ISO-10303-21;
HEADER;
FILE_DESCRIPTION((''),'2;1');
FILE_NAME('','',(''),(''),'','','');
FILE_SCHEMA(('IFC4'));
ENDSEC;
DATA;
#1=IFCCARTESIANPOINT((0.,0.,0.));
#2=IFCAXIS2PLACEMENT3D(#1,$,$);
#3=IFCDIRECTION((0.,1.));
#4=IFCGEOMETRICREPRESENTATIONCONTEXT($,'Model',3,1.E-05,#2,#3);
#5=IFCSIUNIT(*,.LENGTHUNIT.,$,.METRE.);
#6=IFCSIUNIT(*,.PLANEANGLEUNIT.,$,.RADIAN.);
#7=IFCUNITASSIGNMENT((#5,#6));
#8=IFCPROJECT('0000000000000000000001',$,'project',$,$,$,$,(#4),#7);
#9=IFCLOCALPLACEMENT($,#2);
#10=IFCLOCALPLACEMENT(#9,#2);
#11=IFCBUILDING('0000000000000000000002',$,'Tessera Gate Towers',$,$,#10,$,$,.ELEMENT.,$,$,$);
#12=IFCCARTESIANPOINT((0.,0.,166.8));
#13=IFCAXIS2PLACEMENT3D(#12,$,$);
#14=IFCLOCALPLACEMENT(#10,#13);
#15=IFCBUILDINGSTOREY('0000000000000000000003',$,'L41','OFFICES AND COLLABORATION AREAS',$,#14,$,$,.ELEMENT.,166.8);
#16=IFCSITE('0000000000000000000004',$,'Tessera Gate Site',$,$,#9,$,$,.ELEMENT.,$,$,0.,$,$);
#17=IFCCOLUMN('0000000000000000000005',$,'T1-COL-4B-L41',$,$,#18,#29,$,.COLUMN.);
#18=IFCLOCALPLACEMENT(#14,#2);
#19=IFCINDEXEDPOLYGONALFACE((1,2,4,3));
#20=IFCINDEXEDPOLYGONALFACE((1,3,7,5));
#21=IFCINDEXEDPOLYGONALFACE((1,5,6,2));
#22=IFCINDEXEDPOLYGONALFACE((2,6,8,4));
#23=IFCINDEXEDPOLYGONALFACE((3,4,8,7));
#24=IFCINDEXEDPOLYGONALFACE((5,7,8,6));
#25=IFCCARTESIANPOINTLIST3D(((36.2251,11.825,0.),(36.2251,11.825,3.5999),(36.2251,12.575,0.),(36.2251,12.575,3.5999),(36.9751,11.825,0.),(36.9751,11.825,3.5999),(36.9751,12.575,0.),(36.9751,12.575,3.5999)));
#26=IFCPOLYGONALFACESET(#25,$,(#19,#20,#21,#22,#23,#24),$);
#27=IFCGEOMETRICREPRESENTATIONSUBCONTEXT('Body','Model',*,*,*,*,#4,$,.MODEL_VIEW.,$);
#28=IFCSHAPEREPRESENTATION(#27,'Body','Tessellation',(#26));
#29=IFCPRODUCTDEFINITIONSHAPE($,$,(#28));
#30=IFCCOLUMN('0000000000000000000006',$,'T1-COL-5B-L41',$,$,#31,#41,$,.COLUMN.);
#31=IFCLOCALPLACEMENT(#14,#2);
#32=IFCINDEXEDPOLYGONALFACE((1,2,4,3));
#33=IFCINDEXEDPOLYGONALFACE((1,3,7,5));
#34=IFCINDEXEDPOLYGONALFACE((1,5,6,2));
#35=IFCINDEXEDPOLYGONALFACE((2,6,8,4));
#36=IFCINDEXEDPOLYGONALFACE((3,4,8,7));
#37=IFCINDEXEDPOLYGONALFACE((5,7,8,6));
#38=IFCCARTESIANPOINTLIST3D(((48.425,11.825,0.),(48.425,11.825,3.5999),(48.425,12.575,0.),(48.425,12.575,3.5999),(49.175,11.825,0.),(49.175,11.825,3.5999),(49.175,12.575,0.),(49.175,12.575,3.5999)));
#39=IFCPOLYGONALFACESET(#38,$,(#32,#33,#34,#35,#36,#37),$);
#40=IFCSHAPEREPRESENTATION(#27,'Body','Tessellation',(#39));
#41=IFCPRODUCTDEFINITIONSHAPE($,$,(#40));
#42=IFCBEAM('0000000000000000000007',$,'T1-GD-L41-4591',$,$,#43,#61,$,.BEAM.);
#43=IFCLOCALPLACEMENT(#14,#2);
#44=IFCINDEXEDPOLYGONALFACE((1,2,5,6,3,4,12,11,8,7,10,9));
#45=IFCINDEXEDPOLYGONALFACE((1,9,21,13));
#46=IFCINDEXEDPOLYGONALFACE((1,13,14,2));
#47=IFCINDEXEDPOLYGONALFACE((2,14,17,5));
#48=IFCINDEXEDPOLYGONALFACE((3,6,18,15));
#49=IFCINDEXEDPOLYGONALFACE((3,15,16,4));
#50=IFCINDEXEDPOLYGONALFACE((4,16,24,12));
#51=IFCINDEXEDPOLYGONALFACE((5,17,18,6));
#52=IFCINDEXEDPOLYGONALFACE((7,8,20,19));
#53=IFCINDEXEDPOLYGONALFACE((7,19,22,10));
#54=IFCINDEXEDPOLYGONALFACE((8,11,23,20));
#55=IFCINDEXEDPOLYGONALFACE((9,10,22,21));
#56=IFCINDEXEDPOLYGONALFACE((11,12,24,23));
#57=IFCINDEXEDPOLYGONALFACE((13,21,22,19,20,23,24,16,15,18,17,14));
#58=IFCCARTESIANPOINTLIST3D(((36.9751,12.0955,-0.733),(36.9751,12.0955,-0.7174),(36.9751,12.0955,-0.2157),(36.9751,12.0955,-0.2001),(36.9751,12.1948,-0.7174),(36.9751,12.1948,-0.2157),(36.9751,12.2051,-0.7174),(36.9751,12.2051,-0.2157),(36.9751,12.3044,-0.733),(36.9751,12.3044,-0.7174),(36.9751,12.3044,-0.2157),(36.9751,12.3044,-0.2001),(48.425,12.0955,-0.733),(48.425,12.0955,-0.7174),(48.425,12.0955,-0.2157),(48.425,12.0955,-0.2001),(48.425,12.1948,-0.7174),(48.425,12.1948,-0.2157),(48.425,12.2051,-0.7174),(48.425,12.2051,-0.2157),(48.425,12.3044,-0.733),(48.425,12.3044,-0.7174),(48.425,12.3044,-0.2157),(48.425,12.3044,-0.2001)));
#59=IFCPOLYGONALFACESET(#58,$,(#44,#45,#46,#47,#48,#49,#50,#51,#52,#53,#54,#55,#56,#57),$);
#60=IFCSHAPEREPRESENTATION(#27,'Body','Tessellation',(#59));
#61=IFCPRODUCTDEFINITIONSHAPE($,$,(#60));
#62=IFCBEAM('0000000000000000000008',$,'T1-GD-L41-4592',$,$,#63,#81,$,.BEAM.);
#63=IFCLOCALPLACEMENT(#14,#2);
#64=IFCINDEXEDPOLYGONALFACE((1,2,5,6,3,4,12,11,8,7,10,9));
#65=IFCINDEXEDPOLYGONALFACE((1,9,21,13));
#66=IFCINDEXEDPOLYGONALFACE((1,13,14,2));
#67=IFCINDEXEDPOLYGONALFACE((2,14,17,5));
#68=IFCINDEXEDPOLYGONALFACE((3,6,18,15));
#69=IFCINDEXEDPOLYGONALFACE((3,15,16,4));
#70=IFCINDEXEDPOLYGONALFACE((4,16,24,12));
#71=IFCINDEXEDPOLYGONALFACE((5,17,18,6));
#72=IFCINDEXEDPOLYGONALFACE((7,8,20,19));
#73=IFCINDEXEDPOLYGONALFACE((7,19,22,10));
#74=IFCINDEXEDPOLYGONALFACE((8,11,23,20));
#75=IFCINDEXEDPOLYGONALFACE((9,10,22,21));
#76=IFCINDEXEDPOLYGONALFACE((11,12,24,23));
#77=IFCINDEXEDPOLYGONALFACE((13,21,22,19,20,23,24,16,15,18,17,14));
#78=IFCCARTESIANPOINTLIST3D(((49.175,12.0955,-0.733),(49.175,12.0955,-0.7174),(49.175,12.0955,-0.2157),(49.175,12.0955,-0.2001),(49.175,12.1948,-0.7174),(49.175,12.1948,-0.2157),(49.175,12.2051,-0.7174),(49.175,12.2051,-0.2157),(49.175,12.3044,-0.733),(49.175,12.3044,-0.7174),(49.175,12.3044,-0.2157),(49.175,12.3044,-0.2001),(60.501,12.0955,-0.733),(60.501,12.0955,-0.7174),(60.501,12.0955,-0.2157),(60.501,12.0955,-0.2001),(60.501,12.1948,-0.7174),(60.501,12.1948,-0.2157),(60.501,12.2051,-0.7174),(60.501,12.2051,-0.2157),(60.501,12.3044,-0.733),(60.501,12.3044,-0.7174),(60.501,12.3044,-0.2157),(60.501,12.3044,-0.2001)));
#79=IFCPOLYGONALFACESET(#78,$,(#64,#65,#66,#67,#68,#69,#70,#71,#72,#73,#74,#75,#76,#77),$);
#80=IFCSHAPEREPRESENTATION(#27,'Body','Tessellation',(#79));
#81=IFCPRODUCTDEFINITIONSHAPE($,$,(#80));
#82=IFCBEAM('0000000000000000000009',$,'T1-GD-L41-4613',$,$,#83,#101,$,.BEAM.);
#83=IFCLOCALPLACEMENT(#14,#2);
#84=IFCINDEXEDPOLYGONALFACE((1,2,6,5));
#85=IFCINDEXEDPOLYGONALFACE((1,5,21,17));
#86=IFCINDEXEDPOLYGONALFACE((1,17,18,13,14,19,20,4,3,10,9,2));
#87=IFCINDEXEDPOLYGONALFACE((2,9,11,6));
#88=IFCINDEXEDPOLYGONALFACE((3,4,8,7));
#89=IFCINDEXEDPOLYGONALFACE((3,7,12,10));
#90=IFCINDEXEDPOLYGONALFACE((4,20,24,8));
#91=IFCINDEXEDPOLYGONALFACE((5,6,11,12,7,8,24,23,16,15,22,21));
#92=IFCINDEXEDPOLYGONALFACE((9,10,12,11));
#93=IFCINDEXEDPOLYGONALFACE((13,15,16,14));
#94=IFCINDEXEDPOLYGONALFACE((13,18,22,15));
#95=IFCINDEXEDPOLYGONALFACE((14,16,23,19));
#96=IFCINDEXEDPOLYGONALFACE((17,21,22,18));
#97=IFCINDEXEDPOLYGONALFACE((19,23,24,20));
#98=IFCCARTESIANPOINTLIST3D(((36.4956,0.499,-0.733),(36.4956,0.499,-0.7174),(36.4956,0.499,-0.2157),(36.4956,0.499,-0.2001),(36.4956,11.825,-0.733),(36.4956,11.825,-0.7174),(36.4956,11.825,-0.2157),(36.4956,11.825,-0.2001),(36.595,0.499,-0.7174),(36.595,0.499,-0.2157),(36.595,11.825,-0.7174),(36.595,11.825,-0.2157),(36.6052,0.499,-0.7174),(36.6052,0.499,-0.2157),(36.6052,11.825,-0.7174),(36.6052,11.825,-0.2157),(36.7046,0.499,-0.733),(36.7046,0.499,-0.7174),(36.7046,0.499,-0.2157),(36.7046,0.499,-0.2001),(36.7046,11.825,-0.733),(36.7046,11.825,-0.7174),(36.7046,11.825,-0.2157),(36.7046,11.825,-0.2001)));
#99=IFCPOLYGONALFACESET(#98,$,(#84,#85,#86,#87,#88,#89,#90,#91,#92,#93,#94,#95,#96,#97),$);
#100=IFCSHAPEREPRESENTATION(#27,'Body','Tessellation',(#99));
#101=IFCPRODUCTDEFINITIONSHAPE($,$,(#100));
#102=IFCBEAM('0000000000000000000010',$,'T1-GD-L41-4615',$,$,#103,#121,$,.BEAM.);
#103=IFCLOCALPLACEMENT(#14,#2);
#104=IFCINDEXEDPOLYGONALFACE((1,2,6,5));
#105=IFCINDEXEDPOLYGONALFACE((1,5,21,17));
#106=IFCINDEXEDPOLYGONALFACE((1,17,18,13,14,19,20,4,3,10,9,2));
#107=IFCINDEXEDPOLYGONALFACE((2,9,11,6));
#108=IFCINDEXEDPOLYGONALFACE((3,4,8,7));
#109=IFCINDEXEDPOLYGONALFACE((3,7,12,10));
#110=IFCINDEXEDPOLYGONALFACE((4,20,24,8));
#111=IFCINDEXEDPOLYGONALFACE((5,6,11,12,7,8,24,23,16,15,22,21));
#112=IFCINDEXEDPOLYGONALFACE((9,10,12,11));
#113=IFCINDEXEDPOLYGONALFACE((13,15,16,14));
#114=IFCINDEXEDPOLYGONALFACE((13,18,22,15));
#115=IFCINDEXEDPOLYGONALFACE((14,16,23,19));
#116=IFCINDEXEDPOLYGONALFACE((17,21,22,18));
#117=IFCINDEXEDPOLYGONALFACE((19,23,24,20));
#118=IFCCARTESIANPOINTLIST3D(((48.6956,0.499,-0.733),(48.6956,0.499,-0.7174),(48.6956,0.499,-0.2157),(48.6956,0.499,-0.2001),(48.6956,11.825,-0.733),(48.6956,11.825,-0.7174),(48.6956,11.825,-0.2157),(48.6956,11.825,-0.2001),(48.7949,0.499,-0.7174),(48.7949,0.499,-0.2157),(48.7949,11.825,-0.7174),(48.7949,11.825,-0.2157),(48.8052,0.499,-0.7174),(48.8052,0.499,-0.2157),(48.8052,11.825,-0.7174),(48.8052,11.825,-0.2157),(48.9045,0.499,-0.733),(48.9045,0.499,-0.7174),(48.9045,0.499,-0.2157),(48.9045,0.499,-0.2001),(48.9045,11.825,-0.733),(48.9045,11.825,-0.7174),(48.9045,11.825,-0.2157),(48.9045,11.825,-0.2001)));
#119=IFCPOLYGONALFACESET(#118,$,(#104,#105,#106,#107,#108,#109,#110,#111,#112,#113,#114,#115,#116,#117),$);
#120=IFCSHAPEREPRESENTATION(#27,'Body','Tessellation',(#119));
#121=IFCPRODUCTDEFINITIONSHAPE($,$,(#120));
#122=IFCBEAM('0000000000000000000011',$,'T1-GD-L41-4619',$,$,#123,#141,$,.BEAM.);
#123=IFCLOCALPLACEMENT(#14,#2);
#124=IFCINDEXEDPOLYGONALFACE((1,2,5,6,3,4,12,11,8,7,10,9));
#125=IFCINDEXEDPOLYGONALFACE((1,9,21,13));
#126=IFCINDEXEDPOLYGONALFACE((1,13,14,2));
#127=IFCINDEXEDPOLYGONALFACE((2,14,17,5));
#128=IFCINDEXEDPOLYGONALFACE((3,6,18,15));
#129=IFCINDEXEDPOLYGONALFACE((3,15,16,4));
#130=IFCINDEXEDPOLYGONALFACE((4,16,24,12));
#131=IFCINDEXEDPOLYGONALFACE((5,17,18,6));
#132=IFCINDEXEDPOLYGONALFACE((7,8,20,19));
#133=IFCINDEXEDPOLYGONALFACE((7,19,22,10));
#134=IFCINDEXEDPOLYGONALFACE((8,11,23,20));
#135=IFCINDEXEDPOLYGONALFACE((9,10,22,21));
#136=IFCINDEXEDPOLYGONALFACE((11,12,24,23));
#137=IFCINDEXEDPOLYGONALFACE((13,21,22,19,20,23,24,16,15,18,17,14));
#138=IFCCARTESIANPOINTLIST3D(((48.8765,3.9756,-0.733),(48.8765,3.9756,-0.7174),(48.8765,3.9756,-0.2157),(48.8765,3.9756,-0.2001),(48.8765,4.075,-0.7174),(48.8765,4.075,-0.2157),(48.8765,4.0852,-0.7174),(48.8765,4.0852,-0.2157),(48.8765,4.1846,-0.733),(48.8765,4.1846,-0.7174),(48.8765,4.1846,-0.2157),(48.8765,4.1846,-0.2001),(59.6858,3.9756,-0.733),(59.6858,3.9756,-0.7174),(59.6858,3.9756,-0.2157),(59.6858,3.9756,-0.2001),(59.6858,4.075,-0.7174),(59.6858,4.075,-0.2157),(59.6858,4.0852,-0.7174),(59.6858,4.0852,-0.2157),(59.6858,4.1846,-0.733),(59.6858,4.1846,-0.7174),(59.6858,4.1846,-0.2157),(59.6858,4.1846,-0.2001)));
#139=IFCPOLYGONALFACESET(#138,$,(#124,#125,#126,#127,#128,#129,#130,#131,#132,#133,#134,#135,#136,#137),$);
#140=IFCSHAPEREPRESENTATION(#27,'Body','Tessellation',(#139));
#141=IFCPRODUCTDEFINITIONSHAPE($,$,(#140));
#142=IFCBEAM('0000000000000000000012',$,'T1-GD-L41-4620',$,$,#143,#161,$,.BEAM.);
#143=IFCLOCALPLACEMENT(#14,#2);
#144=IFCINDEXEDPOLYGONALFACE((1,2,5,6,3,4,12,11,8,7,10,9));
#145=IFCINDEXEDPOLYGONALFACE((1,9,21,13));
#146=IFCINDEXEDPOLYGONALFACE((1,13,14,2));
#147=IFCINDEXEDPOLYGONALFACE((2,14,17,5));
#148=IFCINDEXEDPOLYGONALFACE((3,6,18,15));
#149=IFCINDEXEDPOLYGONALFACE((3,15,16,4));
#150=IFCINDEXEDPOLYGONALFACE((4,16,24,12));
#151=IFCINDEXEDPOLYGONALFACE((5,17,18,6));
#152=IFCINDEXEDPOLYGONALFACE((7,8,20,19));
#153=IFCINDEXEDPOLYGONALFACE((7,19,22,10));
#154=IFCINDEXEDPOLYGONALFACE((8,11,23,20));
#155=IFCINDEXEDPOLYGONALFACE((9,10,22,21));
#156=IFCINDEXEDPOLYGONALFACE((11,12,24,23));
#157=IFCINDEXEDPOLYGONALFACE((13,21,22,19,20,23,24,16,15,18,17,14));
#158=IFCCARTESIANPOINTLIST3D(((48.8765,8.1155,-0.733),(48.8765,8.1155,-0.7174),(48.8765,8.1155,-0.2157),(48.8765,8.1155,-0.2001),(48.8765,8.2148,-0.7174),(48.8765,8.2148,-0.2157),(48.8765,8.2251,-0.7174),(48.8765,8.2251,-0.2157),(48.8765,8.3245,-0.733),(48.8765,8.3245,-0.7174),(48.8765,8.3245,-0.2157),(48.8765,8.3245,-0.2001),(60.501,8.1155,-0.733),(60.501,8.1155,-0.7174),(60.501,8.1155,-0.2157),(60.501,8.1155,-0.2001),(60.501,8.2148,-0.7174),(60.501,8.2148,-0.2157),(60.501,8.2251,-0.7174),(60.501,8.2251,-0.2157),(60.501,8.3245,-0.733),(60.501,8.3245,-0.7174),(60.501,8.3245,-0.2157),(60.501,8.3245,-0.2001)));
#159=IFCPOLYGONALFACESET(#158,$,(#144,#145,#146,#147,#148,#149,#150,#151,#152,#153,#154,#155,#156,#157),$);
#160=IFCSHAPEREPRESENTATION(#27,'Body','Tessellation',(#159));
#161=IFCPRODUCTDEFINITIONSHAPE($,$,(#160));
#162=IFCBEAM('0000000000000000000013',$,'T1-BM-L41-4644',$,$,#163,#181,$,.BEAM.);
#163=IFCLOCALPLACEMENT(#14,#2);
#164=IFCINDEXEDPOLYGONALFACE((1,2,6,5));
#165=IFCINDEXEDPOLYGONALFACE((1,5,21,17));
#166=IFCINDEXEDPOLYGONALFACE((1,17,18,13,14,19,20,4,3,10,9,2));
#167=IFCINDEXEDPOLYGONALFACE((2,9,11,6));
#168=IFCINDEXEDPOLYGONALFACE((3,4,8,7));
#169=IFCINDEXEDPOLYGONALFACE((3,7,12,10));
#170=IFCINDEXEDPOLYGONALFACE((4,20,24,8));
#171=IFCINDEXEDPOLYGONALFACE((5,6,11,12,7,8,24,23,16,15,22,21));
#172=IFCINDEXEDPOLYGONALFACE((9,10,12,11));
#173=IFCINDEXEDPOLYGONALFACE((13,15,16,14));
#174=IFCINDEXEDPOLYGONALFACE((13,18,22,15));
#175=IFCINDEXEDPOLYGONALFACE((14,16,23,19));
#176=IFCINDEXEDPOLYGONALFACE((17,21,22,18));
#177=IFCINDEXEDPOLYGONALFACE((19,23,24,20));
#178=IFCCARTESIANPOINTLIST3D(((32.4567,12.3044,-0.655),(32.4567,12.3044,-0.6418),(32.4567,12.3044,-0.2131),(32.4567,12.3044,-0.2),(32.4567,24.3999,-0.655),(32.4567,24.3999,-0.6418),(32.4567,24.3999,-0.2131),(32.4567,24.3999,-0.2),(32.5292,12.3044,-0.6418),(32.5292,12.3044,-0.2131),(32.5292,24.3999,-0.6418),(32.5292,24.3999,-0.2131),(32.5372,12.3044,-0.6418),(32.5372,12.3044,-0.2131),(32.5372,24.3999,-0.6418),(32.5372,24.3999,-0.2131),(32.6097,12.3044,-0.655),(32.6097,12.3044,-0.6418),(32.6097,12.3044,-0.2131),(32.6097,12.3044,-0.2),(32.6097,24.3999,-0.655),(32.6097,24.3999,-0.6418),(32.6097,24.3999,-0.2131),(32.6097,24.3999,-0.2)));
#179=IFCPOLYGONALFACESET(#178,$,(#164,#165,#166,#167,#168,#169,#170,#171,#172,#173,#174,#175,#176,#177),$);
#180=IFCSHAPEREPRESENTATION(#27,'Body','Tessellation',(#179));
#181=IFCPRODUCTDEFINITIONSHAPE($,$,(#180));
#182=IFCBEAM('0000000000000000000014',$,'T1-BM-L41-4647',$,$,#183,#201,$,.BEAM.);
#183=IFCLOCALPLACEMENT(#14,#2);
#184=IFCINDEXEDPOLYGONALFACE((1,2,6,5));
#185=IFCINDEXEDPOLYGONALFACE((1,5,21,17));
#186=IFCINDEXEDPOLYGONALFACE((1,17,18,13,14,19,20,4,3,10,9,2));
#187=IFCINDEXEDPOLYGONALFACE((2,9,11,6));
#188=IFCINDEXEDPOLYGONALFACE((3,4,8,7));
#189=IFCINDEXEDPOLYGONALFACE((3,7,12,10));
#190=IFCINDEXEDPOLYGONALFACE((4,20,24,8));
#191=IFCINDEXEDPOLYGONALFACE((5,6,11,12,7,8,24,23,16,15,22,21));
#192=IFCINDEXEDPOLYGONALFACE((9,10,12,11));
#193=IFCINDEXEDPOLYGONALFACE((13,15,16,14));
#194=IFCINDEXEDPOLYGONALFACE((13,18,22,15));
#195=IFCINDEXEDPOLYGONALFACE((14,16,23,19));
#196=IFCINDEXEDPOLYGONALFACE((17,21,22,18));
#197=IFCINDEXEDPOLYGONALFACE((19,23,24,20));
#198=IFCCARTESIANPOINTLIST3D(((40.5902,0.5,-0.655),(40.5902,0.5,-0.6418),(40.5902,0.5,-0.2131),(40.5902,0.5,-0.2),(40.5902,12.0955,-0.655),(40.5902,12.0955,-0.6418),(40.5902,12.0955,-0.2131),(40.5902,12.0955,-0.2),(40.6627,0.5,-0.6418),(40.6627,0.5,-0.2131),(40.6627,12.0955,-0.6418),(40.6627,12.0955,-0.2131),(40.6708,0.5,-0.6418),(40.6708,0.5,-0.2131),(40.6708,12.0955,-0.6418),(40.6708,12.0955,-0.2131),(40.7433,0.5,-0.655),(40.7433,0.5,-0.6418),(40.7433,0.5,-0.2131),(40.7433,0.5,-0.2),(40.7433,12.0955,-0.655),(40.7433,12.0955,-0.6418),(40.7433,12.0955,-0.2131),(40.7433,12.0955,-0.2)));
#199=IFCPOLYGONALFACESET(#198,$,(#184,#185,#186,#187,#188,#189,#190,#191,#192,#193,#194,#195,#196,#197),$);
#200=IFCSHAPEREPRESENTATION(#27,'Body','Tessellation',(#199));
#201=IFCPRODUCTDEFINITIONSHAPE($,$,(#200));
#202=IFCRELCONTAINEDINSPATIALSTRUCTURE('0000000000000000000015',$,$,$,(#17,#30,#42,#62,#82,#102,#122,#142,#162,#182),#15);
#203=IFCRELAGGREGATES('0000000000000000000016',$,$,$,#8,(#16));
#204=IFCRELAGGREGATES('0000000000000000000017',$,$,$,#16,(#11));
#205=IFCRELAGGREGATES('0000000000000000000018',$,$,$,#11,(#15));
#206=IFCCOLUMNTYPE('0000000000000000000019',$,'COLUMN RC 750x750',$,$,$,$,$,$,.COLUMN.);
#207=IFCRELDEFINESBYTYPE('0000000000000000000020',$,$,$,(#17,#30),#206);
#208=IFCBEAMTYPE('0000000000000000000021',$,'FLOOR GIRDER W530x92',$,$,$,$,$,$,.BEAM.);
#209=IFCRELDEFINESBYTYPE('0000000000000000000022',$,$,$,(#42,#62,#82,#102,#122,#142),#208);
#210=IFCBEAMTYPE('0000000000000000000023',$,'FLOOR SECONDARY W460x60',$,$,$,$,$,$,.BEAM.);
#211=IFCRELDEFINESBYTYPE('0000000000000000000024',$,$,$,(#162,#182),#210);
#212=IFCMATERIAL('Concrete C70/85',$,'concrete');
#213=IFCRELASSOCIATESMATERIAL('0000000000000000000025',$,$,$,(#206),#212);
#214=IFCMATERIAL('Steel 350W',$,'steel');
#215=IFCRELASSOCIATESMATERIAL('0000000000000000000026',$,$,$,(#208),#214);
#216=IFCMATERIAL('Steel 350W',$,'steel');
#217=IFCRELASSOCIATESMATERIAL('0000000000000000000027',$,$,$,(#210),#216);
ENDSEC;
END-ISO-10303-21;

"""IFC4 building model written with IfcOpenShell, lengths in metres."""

from ifc_helpers import new_model, si_unit, direction, frame, origin, origin_2d, place, context, subcontext, project, spatial, rectangle, i_section, extrude, material, material_profile, profile_set, type_object, element, save


model = new_model("IFC4")

# Units and contexts
model_context = context("Model", 3, precision=1e-05, world=origin(), true_north=direction((0.0, 1.0)))
body_context = subcontext(model_context, "Body", "Model", "MODEL_VIEW")
ifc_project = project(units=[si_unit("LENGTHUNIT", "METRE"), si_unit("PLANEANGLEUNIT", "RADIAN")], contexts=[model_context])

# Site, building, storey
site_placement = place(None, origin())
site = spatial("IfcSite", under=ifc_project, at=site_placement, Name="Tessera Gate Site", CompositionType="ELEMENT", RefElevation=0.0)
building_placement = place(site_placement, origin())
building = spatial("IfcBuilding", under=site, at=building_placement, Name="Tessera Gate Towers", CompositionType="ELEMENT")
storey_placement = place(building_placement, frame((0.0, 0.0, 166.8)))
storey = spatial("IfcBuildingStorey", under=building, at=storey_placement, Name="L41", Description="OFFICES AND COLLABORATION AREAS", CompositionType="ELEMENT", Elevation=166.8)

# Columns
ifc_material_1 = material(Name="Concrete C70/85", Category="concrete")
ifc_material_profile_1 = material_profile(ifc_material_1, rectangle(XDim=0.75, YDim=0.75, at=origin_2d()), Name="RC 750x750")
ifc_profile_set_1 = profile_set([ifc_material_profile_1], Name="Concrete C70/85")
column_type = type_object("IfcColumnType", Name="COLUMN RC 750x750", PredefinedType="COLUMN", material=ifc_profile_set_1)
for number, where, z_axis, x_axis, name in (
    (1, (36.6001, 12.2, 0.0), (0.0, 0.0, 1.0), (1.0, 0.0, 0.0), "T1-COL-4B-L41"),
    (2, (48.8, 12.2, 0.0), (0.0, 0.0, 1.0), (1.0, 0.0, 0.0), "T1-COL-5B-L41"),
):
    element("IfcColumn", number, at=place(storey_placement, frame(where, z_axis=z_axis, x_axis=x_axis)), inside=storey, type_object=column_type, Name=name, PredefinedType="COLUMN", context=body_context, shape_type="SweptSolid", body=[
        extrude(rectangle(XDim=0.75, YDim=0.75, at=origin_2d()), origin(), (0.0, 0.0, 1.0), 3.5999),
    ])

# Beams
ifc_material_2 = material(Name="Steel 350W", Category="steel")
ifc_material_profile_2 = material_profile(ifc_material_2, i_section(OverallWidth=0.209, OverallDepth=0.533, WebThickness=0.0103, FlangeThickness=0.0156, at=origin_2d()), Name="W530x92")
ifc_profile_set_2 = profile_set([ifc_material_profile_2], Name="Steel 350W")
beam_type_1 = type_object("IfcBeamType", Name="FLOOR GIRDER W530x92", PredefinedType="BEAM", material=ifc_profile_set_2)
beam_1_placement = place(storey_placement, frame((36.9751, 12.2, -0.4666), z_axis=(1.0, 0.0, 0.0), x_axis=(0.0, 1.0, 0.0)))
element("IfcBeam", 3, at=beam_1_placement, inside=storey, type_object=beam_type_1, Name="T1-GD-L41-4591", PredefinedType="BEAM", context=body_context, shape_type="SweptSolid", body=[
    extrude(i_section(OverallWidth=0.209, OverallDepth=0.533, WebThickness=0.0103, FlangeThickness=0.0156, at=origin_2d()), origin(), (0.0, 0.0, 1.0), 11.45),
])
for number, where, z_axis, x_axis, name in (
    (4, (49.175, 12.2, -0.4666), (1.0, 0.0, 0.0), (0.0, 1.0, 0.0), "T1-GD-L41-4592"),
    (5, (36.6001, 0.499, -0.4666), (0.0, 1.0, 0.0), (-1.0, 0.0, 0.0), "T1-GD-L41-4613"),
    (6, (48.8, 0.499, -0.4666), (0.0, 1.0, 0.0), (-1.0, 0.0, 0.0), "T1-GD-L41-4615"),
):
    element("IfcBeam", number, at=place(storey_placement, frame(where, z_axis=z_axis, x_axis=x_axis)), inside=storey, type_object=beam_type_1, Name=name, PredefinedType="BEAM", context=body_context, shape_type="SweptSolid", body=[
        extrude(i_section(OverallWidth=0.209, OverallDepth=0.533, WebThickness=0.0103, FlangeThickness=0.0156, at=origin_2d()), origin(), (0.0, 0.0, 1.0), 11.3259),
    ])
beam_2_placement = place(storey_placement, frame((48.8765, 4.0801, -0.4666), z_axis=(1.0, 0.0, 0.0), x_axis=(0.0, 1.0, 0.0)))
element("IfcBeam", 7, at=beam_2_placement, inside=storey, type_object=beam_type_1, Name="T1-GD-L41-4619", PredefinedType="BEAM", context=body_context, shape_type="SweptSolid", body=[
    extrude(i_section(OverallWidth=0.209, OverallDepth=0.533, WebThickness=0.0103, FlangeThickness=0.0156, at=origin_2d()), origin(), (0.0, 0.0, 1.0), 10.8093),
])
beam_3_placement = place(storey_placement, frame((48.8765, 8.22, -0.4666), z_axis=(1.0, 0.0, 0.0), x_axis=(0.0, 1.0, 0.0)))
element("IfcBeam", 8, at=beam_3_placement, inside=storey, type_object=beam_type_1, Name="T1-GD-L41-4620", PredefinedType="BEAM", context=body_context, shape_type="SweptSolid", body=[
    extrude(i_section(OverallWidth=0.209, OverallDepth=0.533, WebThickness=0.0103, FlangeThickness=0.0156, at=origin_2d()), origin(), (0.0, 0.0, 1.0), 11.6245),
])
ifc_material_3 = material(Name="Steel 350W", Category="steel")
ifc_material_profile_3 = material_profile(ifc_material_3, i_section(OverallWidth=0.1531, OverallDepth=0.4551, WebThickness=0.0081, FlangeThickness=0.0132, at=origin_2d()), Name="W460x60")
ifc_profile_set_3 = profile_set([ifc_material_profile_3], Name="Steel 350W")
beam_type_2 = type_object("IfcBeamType", Name="FLOOR SECONDARY W460x60", PredefinedType="BEAM", material=ifc_profile_set_3)
beam_4_placement = place(storey_placement, frame((32.5332, 12.3044, -0.4275), z_axis=(0.0, 1.0, 0.0), x_axis=(-1.0, 0.0, 0.0)))
element("IfcBeam", 9, at=beam_4_placement, inside=storey, type_object=beam_type_2, Name="T1-BM-L41-4644", PredefinedType="BEAM", context=body_context, shape_type="SweptSolid", body=[
    extrude(i_section(OverallWidth=0.1531, OverallDepth=0.4551, WebThickness=0.0081, FlangeThickness=0.0132, at=origin_2d()), origin(), (0.0, 0.0, 1.0), 12.0955),
])
for number, where, z_axis, x_axis, name in (
    (10, (40.6667, 0.5, -0.4275), (0.0, 1.0, 0.0), (-1.0, 0.0, 0.0), "T1-BM-L41-4647"),
):
    element("IfcBeam", number, at=place(storey_placement, frame(where, z_axis=z_axis, x_axis=x_axis)), inside=storey, type_object=beam_type_2, Name=name, PredefinedType="BEAM", context=body_context, shape_type="SweptSolid", body=[
        extrude(i_section(OverallWidth=0.1531, OverallDepth=0.4551, WebThickness=0.0081, FlangeThickness=0.0132, at=origin_2d()), origin(), (0.0, 0.0, 1.0), 11.5955),
    ])

save(model, "model.ifc")
